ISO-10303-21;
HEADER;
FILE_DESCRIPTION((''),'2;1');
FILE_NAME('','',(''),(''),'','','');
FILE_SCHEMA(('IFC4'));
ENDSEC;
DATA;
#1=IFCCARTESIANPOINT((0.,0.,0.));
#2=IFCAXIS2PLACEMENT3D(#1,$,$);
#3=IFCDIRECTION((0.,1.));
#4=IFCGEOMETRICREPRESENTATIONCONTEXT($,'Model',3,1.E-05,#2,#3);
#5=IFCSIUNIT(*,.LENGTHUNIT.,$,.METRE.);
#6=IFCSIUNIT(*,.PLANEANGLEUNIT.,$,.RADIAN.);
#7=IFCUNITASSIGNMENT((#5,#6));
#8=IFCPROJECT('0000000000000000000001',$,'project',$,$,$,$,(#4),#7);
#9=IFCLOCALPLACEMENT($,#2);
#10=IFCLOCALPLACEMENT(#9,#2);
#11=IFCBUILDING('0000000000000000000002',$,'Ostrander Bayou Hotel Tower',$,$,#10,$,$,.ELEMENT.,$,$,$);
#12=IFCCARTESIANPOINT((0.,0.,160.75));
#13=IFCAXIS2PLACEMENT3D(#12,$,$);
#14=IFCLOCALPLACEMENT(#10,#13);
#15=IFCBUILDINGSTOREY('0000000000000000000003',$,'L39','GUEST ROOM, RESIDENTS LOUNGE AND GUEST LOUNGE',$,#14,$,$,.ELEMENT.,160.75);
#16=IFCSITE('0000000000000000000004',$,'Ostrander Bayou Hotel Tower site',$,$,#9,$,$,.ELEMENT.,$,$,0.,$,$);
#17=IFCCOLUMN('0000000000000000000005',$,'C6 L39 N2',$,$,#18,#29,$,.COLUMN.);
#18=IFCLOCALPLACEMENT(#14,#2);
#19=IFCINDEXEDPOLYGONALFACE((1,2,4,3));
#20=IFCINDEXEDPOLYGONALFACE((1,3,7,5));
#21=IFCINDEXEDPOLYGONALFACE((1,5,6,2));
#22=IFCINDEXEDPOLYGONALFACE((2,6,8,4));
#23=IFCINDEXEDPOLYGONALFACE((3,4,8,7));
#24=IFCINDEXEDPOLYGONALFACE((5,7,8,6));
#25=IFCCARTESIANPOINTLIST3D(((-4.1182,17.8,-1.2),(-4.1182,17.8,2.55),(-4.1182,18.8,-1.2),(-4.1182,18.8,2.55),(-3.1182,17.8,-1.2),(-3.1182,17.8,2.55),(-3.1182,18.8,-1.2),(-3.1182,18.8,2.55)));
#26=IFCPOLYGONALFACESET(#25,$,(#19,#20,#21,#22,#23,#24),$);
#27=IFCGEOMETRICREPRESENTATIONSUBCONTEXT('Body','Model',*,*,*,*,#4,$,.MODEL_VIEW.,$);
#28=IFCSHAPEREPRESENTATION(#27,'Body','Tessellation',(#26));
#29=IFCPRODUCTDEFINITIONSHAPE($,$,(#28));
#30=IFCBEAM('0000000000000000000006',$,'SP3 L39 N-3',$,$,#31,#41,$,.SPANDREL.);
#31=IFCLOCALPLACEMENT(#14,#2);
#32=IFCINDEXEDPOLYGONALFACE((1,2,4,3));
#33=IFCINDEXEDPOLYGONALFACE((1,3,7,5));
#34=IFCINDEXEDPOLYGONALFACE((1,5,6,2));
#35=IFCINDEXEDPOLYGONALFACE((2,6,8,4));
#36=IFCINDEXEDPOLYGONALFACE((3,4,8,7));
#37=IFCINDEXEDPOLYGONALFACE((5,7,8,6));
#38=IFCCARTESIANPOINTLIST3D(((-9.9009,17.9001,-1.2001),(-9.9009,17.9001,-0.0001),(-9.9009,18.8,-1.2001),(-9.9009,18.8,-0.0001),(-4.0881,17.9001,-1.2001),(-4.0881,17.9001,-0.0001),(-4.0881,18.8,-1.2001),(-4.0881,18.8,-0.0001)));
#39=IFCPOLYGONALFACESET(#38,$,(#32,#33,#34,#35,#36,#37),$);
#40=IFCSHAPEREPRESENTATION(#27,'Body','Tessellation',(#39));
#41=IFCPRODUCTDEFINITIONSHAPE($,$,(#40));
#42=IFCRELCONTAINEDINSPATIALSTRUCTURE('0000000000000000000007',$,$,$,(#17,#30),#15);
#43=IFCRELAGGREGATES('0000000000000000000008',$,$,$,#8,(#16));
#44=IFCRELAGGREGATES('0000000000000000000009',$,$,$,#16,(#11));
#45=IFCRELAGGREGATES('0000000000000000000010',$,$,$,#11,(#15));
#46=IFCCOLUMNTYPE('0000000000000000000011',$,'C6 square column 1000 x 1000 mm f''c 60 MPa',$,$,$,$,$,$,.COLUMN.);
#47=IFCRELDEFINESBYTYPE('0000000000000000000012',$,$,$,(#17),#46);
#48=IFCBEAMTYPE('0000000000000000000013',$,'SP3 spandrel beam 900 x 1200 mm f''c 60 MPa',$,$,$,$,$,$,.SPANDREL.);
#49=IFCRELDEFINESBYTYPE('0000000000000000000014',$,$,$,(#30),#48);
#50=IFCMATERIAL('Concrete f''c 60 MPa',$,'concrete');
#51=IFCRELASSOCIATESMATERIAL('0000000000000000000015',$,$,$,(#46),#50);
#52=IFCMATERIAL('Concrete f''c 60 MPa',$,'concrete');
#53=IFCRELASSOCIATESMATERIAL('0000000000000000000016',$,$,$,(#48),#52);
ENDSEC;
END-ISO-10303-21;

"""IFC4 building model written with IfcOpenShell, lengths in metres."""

from ifc_helpers import new_model, si_unit, direction, frame, origin, origin_2d, place, context, subcontext, project, spatial, rectangle, extrude, material, material_profile, profile_set, type_object, element, save


model = new_model("IFC4")

# Units and contexts
model_context = context("Model", 3, precision=1e-05, world=origin(), true_north=direction((0.0, 1.0)))
body_context = subcontext(model_context, "Body", "Model", "MODEL_VIEW")
ifc_project = project(units=[si_unit("LENGTHUNIT", "METRE"), si_unit("PLANEANGLEUNIT", "RADIAN")], contexts=[model_context])

# Site, building, storey
site_placement = place(None, origin())
site = spatial("IfcSite", under=ifc_project, at=site_placement, Name="Ostrander Bayou Hotel Tower site", CompositionType="ELEMENT", RefElevation=0.0)
building_placement = place(site_placement, origin())
building = spatial("IfcBuilding", under=site, at=building_placement, Name="Ostrander Bayou Hotel Tower", CompositionType="ELEMENT")
storey_placement = place(building_placement, frame((0.0, 0.0, 160.75)))
storey = spatial("IfcBuildingStorey", under=building, at=storey_placement, Name="L39", Description="GUEST ROOM, RESIDENTS LOUNGE AND GUEST LOUNGE", CompositionType="ELEMENT", Elevation=160.75)

# Column
ifc_material_1 = material(Name="Concrete f'c 60 MPa", Category="concrete")
ifc_material_profile_1 = material_profile(ifc_material_1, rectangle(XDim=1.0, YDim=1.0, at=origin_2d()))
ifc_profile_set_1 = profile_set([ifc_material_profile_1], Name="Concrete f'c 60 MPa")
column_type = type_object("IfcColumnType", Name="C6 square column 1000 x 1000 mm f'c 60 MPa", PredefinedType="COLUMN", material=ifc_profile_set_1)
column_placement = place(storey_placement, frame((-3.6182, 18.3, -1.2), z_axis=(0.0, 0.0, 1.0), x_axis=(1.0, 0.0, 0.0)))
element("IfcColumn", 1, at=column_placement, inside=storey, type_object=column_type, Name="C6 L39 N2", PredefinedType="COLUMN", context=body_context, shape_type="SweptSolid", body=[
    extrude(rectangle(XDim=1.0, YDim=1.0, at=origin_2d()), origin(), (0.0, 0.0, 1.0), 3.75),
])

# Beam
ifc_material_2 = material(Name="Concrete f'c 60 MPa", Category="concrete")
ifc_material_profile_2 = material_profile(ifc_material_2, rectangle(XDim=0.8999, YDim=1.2, at=origin_2d()))
ifc_profile_set_2 = profile_set([ifc_material_profile_2], Name="Concrete f'c 60 MPa")
beam_type = type_object("IfcBeamType", Name="SP3 spandrel beam 900 x 1200 mm f'c 60 MPa", PredefinedType="SPANDREL", material=ifc_profile_set_2)
beam_placement = place(storey_placement, frame((-4.0881, 18.3501, -0.6001), z_axis=(-1.0, 0.0, 0.0), x_axis=(0.0, -1.0, 0.0)))
element("IfcBeam", 2, at=beam_placement, inside=storey, type_object=beam_type, Name="SP3 L39 N-3", PredefinedType="SPANDREL", context=body_context, shape_type="SweptSolid", body=[
    extrude(rectangle(XDim=0.8999, YDim=1.2, at=origin_2d()), origin(), (0.0, 0.0, 1.0), 5.8127),
])

save(model, "model.ifc")
